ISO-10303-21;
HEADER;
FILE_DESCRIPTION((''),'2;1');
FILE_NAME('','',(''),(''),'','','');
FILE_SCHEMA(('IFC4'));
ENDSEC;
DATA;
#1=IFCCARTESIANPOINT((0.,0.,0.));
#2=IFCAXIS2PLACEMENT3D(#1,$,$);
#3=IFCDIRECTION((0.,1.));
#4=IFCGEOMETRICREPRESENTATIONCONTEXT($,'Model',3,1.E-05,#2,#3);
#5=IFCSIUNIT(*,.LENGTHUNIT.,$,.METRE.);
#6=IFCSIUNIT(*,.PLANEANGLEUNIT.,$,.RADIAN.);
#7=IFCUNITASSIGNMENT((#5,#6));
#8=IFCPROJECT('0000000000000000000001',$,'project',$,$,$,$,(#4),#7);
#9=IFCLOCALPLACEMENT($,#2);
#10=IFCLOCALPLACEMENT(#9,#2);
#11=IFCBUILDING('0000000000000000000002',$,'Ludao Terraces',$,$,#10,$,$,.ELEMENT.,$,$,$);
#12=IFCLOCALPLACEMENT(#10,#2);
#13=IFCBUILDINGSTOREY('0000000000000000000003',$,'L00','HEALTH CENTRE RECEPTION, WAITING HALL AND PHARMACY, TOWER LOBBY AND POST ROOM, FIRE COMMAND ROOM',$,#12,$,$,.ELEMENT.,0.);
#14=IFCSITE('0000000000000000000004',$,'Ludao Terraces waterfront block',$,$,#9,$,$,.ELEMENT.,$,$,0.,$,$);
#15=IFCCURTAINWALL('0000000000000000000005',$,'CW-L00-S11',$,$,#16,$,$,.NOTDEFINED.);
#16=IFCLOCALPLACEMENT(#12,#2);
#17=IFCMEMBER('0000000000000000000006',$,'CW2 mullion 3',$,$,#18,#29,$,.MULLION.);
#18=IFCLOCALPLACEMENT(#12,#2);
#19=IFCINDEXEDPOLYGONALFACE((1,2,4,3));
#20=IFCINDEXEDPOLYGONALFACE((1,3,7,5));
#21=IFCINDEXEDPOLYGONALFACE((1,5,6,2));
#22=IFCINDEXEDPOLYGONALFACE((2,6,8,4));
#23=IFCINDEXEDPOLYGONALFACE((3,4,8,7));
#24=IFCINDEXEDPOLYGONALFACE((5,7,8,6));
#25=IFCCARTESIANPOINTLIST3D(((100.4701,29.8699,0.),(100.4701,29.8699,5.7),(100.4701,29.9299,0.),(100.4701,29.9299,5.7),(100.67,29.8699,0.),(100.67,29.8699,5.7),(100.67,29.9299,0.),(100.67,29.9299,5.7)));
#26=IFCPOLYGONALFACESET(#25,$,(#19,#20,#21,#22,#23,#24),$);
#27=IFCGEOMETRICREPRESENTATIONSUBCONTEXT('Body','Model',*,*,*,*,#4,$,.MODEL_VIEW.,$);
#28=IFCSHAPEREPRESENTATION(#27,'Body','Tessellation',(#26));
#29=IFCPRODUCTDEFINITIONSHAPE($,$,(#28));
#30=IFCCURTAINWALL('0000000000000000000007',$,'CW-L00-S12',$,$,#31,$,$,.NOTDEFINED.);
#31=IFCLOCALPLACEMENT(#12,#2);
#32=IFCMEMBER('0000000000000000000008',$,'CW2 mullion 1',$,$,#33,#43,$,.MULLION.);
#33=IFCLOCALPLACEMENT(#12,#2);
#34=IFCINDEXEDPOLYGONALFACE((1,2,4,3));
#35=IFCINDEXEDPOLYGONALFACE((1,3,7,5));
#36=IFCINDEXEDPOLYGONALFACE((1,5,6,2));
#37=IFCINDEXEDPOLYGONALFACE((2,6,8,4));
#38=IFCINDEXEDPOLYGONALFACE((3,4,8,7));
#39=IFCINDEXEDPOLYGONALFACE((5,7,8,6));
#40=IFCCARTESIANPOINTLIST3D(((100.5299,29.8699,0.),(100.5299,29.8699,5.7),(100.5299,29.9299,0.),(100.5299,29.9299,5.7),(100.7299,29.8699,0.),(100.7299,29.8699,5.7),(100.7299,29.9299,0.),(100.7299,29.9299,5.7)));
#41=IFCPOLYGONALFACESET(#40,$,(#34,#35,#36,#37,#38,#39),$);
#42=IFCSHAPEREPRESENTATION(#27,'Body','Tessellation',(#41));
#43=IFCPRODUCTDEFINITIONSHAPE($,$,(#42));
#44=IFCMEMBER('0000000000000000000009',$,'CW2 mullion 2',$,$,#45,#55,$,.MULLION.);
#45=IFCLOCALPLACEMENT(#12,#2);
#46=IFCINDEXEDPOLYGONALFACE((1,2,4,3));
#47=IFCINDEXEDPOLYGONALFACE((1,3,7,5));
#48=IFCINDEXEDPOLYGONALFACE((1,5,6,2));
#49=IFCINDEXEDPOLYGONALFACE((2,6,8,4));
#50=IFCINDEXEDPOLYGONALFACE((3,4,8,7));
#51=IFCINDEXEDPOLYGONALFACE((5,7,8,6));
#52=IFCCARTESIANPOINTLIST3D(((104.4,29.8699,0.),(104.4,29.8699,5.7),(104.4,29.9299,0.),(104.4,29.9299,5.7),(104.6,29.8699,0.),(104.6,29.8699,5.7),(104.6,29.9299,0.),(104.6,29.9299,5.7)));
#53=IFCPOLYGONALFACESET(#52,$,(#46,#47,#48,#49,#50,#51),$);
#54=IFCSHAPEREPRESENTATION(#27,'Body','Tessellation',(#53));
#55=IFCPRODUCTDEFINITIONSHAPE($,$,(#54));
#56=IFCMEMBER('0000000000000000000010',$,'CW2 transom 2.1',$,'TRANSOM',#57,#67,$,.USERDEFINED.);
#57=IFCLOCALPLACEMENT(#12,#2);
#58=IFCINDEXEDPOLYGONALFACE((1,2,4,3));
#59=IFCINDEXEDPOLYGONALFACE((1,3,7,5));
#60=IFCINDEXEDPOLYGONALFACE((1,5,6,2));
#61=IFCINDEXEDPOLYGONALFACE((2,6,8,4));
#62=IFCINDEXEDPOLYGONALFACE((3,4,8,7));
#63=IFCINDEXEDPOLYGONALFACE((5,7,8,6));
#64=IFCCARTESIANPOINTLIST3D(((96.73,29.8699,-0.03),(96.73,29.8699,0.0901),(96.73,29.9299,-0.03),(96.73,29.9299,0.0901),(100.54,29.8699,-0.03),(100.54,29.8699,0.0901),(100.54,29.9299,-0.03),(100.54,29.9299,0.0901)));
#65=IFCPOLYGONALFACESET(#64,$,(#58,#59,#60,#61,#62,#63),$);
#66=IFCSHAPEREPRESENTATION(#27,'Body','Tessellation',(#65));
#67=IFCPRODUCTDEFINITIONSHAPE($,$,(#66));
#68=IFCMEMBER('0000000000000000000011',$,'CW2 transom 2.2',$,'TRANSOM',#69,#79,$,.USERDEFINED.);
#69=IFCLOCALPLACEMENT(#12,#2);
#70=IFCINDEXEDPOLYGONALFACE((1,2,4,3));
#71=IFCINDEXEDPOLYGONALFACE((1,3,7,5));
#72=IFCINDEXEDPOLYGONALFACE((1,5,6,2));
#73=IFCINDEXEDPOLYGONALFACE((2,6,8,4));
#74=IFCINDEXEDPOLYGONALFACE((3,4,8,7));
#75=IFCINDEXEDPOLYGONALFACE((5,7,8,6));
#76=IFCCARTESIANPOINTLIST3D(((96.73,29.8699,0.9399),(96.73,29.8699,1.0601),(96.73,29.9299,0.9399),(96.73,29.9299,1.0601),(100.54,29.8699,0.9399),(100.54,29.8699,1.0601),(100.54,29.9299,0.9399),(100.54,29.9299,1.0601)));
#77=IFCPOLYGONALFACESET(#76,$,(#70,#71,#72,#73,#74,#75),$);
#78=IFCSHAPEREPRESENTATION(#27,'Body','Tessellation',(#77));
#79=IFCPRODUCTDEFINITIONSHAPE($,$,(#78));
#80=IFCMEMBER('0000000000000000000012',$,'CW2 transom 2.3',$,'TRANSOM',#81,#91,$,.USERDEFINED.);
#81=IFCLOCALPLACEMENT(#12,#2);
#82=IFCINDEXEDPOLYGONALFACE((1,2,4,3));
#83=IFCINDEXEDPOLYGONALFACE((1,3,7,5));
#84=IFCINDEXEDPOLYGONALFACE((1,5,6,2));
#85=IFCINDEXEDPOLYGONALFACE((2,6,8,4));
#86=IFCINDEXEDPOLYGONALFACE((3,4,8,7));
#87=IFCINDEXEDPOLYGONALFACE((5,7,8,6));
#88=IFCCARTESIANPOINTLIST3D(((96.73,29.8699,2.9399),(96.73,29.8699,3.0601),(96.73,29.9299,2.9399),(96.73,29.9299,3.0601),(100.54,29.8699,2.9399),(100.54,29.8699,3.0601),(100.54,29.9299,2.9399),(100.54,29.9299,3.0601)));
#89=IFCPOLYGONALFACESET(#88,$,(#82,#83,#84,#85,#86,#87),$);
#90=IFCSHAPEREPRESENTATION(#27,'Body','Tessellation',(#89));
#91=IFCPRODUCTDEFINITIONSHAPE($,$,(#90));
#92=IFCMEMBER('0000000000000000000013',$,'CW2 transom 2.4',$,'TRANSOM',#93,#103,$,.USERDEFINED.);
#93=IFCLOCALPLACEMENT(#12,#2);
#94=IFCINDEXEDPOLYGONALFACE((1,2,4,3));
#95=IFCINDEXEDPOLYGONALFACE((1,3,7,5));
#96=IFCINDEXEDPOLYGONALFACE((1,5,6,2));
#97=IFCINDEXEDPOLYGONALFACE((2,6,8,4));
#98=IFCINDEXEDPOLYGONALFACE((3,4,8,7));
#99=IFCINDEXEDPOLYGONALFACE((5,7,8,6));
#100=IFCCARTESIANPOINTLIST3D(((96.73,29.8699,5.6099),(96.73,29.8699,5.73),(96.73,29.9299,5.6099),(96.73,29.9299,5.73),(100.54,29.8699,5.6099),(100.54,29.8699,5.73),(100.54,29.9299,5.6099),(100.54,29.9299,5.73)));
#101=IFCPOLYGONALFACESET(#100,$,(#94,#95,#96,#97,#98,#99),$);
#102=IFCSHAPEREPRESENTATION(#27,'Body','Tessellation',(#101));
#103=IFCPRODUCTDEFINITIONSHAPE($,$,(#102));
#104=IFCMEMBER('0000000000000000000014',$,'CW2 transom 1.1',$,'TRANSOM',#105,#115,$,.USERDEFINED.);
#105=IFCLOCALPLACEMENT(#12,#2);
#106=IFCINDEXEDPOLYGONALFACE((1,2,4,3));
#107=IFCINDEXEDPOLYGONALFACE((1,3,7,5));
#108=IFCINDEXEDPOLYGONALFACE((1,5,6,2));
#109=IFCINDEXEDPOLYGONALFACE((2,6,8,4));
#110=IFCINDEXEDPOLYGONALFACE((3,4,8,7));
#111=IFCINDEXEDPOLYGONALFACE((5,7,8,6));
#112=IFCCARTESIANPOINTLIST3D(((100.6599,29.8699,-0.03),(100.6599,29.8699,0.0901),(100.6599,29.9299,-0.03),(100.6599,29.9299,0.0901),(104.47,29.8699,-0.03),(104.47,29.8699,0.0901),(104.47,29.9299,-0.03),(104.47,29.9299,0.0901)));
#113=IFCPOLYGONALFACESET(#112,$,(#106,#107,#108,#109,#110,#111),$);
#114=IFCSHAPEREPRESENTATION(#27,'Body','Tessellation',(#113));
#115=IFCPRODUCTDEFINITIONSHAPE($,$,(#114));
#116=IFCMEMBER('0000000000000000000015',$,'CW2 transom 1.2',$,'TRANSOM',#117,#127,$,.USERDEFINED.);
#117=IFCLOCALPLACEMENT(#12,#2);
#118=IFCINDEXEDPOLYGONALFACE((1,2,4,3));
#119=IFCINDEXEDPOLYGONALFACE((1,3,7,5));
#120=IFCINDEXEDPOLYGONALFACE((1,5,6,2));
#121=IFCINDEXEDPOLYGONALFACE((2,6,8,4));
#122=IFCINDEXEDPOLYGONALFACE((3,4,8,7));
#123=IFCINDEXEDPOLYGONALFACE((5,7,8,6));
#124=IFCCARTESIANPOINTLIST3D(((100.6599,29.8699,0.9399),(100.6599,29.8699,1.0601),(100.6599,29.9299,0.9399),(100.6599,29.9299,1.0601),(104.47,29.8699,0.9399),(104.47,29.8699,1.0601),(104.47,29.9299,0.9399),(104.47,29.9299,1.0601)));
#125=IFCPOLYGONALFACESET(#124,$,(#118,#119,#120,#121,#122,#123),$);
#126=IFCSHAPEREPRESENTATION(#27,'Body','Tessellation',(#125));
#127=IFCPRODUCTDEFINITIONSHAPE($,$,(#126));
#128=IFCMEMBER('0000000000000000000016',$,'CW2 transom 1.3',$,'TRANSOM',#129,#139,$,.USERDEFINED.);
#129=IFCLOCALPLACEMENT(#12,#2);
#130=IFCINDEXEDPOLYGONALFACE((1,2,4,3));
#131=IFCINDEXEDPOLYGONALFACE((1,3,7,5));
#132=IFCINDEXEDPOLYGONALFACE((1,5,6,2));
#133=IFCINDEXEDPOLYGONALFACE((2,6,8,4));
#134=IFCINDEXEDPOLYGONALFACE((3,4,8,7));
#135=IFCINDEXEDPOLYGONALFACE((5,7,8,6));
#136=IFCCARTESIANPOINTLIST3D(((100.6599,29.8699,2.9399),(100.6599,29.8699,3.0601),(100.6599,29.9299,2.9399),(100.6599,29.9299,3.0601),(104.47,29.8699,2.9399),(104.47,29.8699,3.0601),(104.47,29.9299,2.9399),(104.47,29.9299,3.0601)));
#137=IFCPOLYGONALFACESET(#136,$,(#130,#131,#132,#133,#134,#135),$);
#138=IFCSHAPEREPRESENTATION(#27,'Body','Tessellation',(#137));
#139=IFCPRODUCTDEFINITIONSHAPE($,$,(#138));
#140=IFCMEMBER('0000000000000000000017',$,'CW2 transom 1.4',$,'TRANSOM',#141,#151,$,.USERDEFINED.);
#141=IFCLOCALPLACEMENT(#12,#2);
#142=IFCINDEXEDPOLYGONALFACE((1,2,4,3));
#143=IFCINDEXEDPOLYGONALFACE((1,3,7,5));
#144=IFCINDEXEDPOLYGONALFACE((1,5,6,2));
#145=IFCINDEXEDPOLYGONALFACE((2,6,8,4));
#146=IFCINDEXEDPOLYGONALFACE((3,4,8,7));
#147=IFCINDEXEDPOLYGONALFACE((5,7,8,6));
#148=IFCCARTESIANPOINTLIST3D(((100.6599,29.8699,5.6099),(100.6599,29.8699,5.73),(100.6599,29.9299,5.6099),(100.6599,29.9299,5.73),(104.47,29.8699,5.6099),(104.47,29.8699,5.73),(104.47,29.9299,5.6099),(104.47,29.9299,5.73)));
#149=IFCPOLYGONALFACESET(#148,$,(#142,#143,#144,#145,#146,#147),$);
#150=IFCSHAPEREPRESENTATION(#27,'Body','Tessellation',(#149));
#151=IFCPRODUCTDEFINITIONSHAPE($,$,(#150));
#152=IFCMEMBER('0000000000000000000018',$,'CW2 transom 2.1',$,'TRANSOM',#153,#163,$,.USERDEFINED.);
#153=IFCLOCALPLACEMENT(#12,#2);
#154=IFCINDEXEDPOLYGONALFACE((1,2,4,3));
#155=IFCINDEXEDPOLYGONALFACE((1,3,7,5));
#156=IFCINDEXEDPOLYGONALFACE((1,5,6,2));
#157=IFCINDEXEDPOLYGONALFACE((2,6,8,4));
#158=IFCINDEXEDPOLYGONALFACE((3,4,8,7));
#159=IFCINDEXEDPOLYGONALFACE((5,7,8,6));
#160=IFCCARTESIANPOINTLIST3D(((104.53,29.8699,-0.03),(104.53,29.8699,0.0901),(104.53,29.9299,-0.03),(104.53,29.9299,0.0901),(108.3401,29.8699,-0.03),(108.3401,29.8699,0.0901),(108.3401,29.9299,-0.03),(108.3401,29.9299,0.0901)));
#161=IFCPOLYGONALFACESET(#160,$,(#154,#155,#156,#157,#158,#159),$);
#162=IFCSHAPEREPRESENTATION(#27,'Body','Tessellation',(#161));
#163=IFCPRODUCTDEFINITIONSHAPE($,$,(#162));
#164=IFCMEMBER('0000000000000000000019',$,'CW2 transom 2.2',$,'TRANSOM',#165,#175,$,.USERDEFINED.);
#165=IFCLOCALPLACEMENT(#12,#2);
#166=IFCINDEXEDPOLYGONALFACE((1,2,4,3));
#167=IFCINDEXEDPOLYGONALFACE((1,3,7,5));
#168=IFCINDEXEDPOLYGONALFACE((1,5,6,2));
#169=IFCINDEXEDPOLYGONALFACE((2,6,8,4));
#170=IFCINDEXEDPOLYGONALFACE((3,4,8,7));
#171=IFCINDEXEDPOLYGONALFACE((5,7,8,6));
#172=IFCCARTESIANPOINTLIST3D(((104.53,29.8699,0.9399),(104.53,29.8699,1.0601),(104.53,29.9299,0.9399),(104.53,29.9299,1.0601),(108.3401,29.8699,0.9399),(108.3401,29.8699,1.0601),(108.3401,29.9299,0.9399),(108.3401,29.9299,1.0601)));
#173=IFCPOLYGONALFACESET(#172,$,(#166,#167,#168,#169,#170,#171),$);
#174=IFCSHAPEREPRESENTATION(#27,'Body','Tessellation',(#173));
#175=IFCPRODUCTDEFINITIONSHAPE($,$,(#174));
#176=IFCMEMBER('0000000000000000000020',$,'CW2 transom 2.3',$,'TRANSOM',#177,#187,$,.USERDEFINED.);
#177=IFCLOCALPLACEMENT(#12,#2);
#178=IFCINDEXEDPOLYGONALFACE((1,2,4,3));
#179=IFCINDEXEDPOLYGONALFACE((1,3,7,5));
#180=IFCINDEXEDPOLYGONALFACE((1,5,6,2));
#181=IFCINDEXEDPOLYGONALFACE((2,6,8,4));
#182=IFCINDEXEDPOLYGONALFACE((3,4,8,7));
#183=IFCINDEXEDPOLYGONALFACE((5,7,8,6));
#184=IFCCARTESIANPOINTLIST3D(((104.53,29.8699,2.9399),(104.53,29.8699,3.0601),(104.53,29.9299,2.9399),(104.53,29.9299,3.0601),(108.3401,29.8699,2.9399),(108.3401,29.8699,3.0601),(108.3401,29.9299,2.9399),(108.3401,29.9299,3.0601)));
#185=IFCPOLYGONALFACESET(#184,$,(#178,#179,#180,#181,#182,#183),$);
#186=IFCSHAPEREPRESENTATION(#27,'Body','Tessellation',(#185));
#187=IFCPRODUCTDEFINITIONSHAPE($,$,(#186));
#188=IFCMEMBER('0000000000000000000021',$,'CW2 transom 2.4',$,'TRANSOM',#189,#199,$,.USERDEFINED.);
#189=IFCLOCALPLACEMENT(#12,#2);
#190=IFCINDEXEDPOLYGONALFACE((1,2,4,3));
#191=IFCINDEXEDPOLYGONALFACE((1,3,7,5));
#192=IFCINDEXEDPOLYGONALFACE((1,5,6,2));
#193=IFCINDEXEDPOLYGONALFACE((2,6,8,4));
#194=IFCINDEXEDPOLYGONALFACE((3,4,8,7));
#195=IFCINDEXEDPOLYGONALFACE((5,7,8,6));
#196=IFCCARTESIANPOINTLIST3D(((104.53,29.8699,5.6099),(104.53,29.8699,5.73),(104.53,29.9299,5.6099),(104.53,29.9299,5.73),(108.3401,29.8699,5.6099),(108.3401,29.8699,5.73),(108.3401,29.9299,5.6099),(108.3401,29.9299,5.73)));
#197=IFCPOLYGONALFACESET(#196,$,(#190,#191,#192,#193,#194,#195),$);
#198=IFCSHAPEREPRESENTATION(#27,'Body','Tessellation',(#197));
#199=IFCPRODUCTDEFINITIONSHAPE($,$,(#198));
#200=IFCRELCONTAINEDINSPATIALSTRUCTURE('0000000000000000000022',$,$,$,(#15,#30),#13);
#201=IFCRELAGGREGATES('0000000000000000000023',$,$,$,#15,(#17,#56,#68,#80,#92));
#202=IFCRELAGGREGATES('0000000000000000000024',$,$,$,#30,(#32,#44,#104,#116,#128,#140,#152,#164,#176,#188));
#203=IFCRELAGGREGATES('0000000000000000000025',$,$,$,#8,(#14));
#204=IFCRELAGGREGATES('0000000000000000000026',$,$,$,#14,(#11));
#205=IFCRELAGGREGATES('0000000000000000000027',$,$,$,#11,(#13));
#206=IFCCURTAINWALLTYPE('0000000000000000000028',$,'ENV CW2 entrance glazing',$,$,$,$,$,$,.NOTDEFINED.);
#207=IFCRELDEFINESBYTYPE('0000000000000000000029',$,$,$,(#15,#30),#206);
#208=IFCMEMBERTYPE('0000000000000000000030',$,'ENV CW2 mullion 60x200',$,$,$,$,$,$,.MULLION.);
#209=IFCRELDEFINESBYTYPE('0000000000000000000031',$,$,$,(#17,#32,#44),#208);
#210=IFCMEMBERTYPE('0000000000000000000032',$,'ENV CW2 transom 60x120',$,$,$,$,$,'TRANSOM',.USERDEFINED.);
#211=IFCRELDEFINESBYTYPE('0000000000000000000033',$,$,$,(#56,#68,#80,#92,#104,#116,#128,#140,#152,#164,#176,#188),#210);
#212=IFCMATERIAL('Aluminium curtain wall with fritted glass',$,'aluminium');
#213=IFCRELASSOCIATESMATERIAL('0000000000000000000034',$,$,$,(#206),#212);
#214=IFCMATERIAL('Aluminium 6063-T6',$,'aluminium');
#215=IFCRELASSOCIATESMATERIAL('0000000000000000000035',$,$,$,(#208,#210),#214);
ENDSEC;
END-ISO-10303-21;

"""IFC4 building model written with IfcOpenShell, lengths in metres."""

from ifc_helpers import new_model, si_unit, direction, frame, origin, origin_2d, place, context, subcontext, project, spatial, rectangle, extrude, material, material_profile, profile_set, type_object, element, aggregate, save


model = new_model("IFC4")

# Units and contexts
model_context = context("Model", 3, precision=1e-05, world=origin(), true_north=direction((0.0, 1.0)))
body_context = subcontext(model_context, "Body", "Model", "MODEL_VIEW")
ifc_project = project(units=[si_unit("LENGTHUNIT", "METRE"), si_unit("PLANEANGLEUNIT", "RADIAN")], contexts=[model_context])

# Site, building, storey
site_placement = place(None, origin())
site = spatial("IfcSite", under=ifc_project, at=site_placement, Name="Ludao Terraces waterfront block", CompositionType="ELEMENT", RefElevation=0.0)
building_placement = place(site_placement, origin())
building = spatial("IfcBuilding", under=site, at=building_placement, Name="Ludao Terraces", CompositionType="ELEMENT")
storey_placement = place(building_placement, origin())
storey = spatial("IfcBuildingStorey", under=building, at=storey_placement, Name="L00", Description="HEALTH CENTRE RECEPTION, WAITING HALL AND PHARMACY, TOWER LOBBY AND POST ROOM, FIRE COMMAND ROOM", CompositionType="ELEMENT", Elevation=0.0)

# Curtain wall, member
ifc_material_1 = material(Name="Aluminium curtain wall with fritted glass", Category="aluminium")
curtain_wall_type = type_object("IfcCurtainWallType", Name="ENV CW2 entrance glazing", PredefinedType="NOTDEFINED", material=ifc_material_1)
curtain_wall_1_placement = place(storey_placement, origin())
curtain_wall_1 = element("IfcCurtainWall", 1, at=curtain_wall_1_placement, inside=storey, type_object=curtain_wall_type, Name="CW-L00-S11", PredefinedType="NOTDEFINED")
ifc_material_2 = material(Name="Aluminium 6063-T6", Category="aluminium")
ifc_material_profile_1 = material_profile(ifc_material_2, rectangle(XDim=0.0601, YDim=0.2, at=origin_2d()), Name="60 X 200")
ifc_profile_set_1 = profile_set([ifc_material_profile_1], Name="Aluminium 6063-T6")
member_type_1 = type_object("IfcMemberType", Name="ENV CW2 mullion 60x200", PredefinedType="MULLION", material=ifc_profile_set_1)
member_1_placement = place(storey_placement, frame((100.5701, 29.8999, 0.0), z_axis=(0.0, 0.0, 1.0), x_axis=(0.0, 1.0, 0.0)))
member_1 = element("IfcMember", 2, at=member_1_placement, type_object=member_type_1, Name="CW2 mullion 3", PredefinedType="MULLION", context=body_context, shape_type="SweptSolid", body=[
    extrude(rectangle(XDim=0.0601, YDim=0.2, at=origin_2d()), origin(), (0.0, 0.0, 1.0), 5.7),
])

# Curtain wall, members
curtain_wall_2_placement = place(storey_placement, origin())
curtain_wall_2 = element("IfcCurtainWall", 3, at=curtain_wall_2_placement, inside=storey, type_object=curtain_wall_type, Name="CW-L00-S12", PredefinedType="NOTDEFINED")
member_2_placement = place(storey_placement, frame((100.6299, 29.8999, 0.0), z_axis=(0.0, 0.0, 1.0), x_axis=(0.0, 1.0, 0.0)))
member_2 = element("IfcMember", 4, at=member_2_placement, type_object=member_type_1, Name="CW2 mullion 1", PredefinedType="MULLION", context=body_context, shape_type="SweptSolid", body=[
    extrude(rectangle(XDim=0.0601, YDim=0.2, at=origin_2d()), origin(), (0.0, 0.0, 1.0), 5.7),
])
member_3_placement = place(storey_placement, frame((104.5, 29.8999, 0.0), z_axis=(0.0, 0.0, 1.0), x_axis=(0.0, 1.0, 0.0)))
member_3 = element("IfcMember", 5, at=member_3_placement, type_object=member_type_1, Name="CW2 mullion 2", PredefinedType="MULLION", context=body_context, shape_type="SweptSolid", body=[
    extrude(rectangle(XDim=0.0601, YDim=0.2, at=origin_2d()), origin(), (0.0, 0.0, 1.0), 5.7),
])

# Members
ifc_material_profile_2 = material_profile(ifc_material_2, rectangle(XDim=0.0601, YDim=0.1201, at=origin_2d()), Name="60 X 120")
ifc_profile_set_2 = profile_set([ifc_material_profile_2], Name="Aluminium 6063-T6")
member_type_2 = type_object("IfcMemberType", Name="ENV CW2 transom 60x120", ElementType="TRANSOM", PredefinedType="USERDEFINED", material=ifc_profile_set_2)
member_4_placement = place(storey_placement, frame((96.73, 29.8999, 0.03), z_axis=(1.0, 0.0, 0.0), x_axis=(0.0, 1.0, 0.0)))
member_4 = element("IfcMember", 6, at=member_4_placement, type_object=member_type_2, Name="CW2 transom 2.1", ObjectType="TRANSOM", PredefinedType="USERDEFINED", context=body_context, shape_type="SweptSolid", body=[
    extrude(rectangle(XDim=0.0601, YDim=0.1201, at=origin_2d()), origin(), (0.0, 0.0, 1.0), 3.8101),
])
member_5_placement = place(storey_placement, frame((96.73, 29.8999, 1.0), z_axis=(1.0, 0.0, 0.0), x_axis=(0.0, 1.0, 0.0)))
member_5 = element("IfcMember", 7, at=member_5_placement, type_object=member_type_2, Name="CW2 transom 2.2", ObjectType="TRANSOM", PredefinedType="USERDEFINED", context=body_context, shape_type="SweptSolid", body=[
    extrude(rectangle(XDim=0.0601, YDim=0.1201, at=origin_2d()), origin(), (0.0, 0.0, 1.0), 3.8101),
])
member_6_placement = place(storey_placement, frame((96.73, 29.8999, 3.0), z_axis=(1.0, 0.0, 0.0), x_axis=(0.0, 1.0, 0.0)))
member_6 = element("IfcMember", 8, at=member_6_placement, type_object=member_type_2, Name="CW2 transom 2.3", ObjectType="TRANSOM", PredefinedType="USERDEFINED", context=body_context, shape_type="SweptSolid", body=[
    extrude(rectangle(XDim=0.0601, YDim=0.1201, at=origin_2d()), origin(), (0.0, 0.0, 1.0), 3.8101),
])
member_7_placement = place(storey_placement, frame((96.73, 29.8999, 5.6699), z_axis=(1.0, 0.0, 0.0), x_axis=(0.0, 1.0, 0.0)))
member_7 = element("IfcMember", 9, at=member_7_placement, type_object=member_type_2, Name="CW2 transom 2.4", ObjectType="TRANSOM", PredefinedType="USERDEFINED", context=body_context, shape_type="SweptSolid", body=[
    extrude(rectangle(XDim=0.0601, YDim=0.1201, at=origin_2d()), origin(), (0.0, 0.0, 1.0), 3.8101),
])
member_8_placement = place(storey_placement, frame((100.6599, 29.8999, 0.03), z_axis=(1.0, 0.0, 0.0), x_axis=(0.0, 1.0, 0.0)))
member_8 = element("IfcMember", 10, at=member_8_placement, type_object=member_type_2, Name="CW2 transom 1.1", ObjectType="TRANSOM", PredefinedType="USERDEFINED", context=body_context, shape_type="SweptSolid", body=[
    extrude(rectangle(XDim=0.0601, YDim=0.1201, at=origin_2d()), origin(), (0.0, 0.0, 1.0), 3.8101),
])
member_9_placement = place(storey_placement, frame((100.6599, 29.8999, 1.0), z_axis=(1.0, 0.0, 0.0), x_axis=(0.0, 1.0, 0.0)))
member_9 = element("IfcMember", 11, at=member_9_placement, type_object=member_type_2, Name="CW2 transom 1.2", ObjectType="TRANSOM", PredefinedType="USERDEFINED", context=body_context, shape_type="SweptSolid", body=[
    extrude(rectangle(XDim=0.0601, YDim=0.1201, at=origin_2d()), origin(), (0.0, 0.0, 1.0), 3.8101),
])
member_10_placement = place(storey_placement, frame((100.6599, 29.8999, 3.0), z_axis=(1.0, 0.0, 0.0), x_axis=(0.0, 1.0, 0.0)))
member_10 = element("IfcMember", 12, at=member_10_placement, type_object=member_type_2, Name="CW2 transom 1.3", ObjectType="TRANSOM", PredefinedType="USERDEFINED", context=body_context, shape_type="SweptSolid", body=[
    extrude(rectangle(XDim=0.0601, YDim=0.1201, at=origin_2d()), origin(), (0.0, 0.0, 1.0), 3.8101),
])
member_11_placement = place(storey_placement, frame((100.6599, 29.8999, 5.6699), z_axis=(1.0, 0.0, 0.0), x_axis=(0.0, 1.0, 0.0)))
member_11 = element("IfcMember", 13, at=member_11_placement, type_object=member_type_2, Name="CW2 transom 1.4", ObjectType="TRANSOM", PredefinedType="USERDEFINED", context=body_context, shape_type="SweptSolid", body=[
    extrude(rectangle(XDim=0.0601, YDim=0.1201, at=origin_2d()), origin(), (0.0, 0.0, 1.0), 3.8101),
])
member_12_placement = place(storey_placement, frame((104.53, 29.8999, 0.03), z_axis=(1.0, 0.0, 0.0), x_axis=(0.0, 1.0, 0.0)))
member_12 = element("IfcMember", 14, at=member_12_placement, type_object=member_type_2, Name="CW2 transom 2.1", ObjectType="TRANSOM", PredefinedType="USERDEFINED", context=body_context, shape_type="SweptSolid", body=[
    extrude(rectangle(XDim=0.0601, YDim=0.1201, at=origin_2d()), origin(), (0.0, 0.0, 1.0), 3.8101),
])
member_13_placement = place(storey_placement, frame((104.53, 29.8999, 1.0), z_axis=(1.0, 0.0, 0.0), x_axis=(0.0, 1.0, 0.0)))
member_13 = element("IfcMember", 15, at=member_13_placement, type_object=member_type_2, Name="CW2 transom 2.2", ObjectType="TRANSOM", PredefinedType="USERDEFINED", context=body_context, shape_type="SweptSolid", body=[
    extrude(rectangle(XDim=0.0601, YDim=0.1201, at=origin_2d()), origin(), (0.0, 0.0, 1.0), 3.8101),
])
member_14_placement = place(storey_placement, frame((104.53, 29.8999, 3.0), z_axis=(1.0, 0.0, 0.0), x_axis=(0.0, 1.0, 0.0)))
member_14 = element("IfcMember", 16, at=member_14_placement, type_object=member_type_2, Name="CW2 transom 2.3", ObjectType="TRANSOM", PredefinedType="USERDEFINED", context=body_context, shape_type="SweptSolid", body=[
    extrude(rectangle(XDim=0.0601, YDim=0.1201, at=origin_2d()), origin(), (0.0, 0.0, 1.0), 3.8101),
])
member_15_placement = place(storey_placement, frame((104.53, 29.8999, 5.6699), z_axis=(1.0, 0.0, 0.0), x_axis=(0.0, 1.0, 0.0)))
member_15 = element("IfcMember", 17, at=member_15_placement, type_object=member_type_2, Name="CW2 transom 2.4", ObjectType="TRANSOM", PredefinedType="USERDEFINED", context=body_context, shape_type="SweptSolid", body=[
    extrude(rectangle(XDim=0.0601, YDim=0.1201, at=origin_2d()), origin(), (0.0, 0.0, 1.0), 3.8101),
])

aggregate(curtain_wall_1, [member_1, member_4, member_5, member_6, member_7])
aggregate(curtain_wall_2, [member_2, member_3, member_8, member_9, member_10, member_11, member_12, member_13, member_14, member_15])

save(model, "model.ifc")
